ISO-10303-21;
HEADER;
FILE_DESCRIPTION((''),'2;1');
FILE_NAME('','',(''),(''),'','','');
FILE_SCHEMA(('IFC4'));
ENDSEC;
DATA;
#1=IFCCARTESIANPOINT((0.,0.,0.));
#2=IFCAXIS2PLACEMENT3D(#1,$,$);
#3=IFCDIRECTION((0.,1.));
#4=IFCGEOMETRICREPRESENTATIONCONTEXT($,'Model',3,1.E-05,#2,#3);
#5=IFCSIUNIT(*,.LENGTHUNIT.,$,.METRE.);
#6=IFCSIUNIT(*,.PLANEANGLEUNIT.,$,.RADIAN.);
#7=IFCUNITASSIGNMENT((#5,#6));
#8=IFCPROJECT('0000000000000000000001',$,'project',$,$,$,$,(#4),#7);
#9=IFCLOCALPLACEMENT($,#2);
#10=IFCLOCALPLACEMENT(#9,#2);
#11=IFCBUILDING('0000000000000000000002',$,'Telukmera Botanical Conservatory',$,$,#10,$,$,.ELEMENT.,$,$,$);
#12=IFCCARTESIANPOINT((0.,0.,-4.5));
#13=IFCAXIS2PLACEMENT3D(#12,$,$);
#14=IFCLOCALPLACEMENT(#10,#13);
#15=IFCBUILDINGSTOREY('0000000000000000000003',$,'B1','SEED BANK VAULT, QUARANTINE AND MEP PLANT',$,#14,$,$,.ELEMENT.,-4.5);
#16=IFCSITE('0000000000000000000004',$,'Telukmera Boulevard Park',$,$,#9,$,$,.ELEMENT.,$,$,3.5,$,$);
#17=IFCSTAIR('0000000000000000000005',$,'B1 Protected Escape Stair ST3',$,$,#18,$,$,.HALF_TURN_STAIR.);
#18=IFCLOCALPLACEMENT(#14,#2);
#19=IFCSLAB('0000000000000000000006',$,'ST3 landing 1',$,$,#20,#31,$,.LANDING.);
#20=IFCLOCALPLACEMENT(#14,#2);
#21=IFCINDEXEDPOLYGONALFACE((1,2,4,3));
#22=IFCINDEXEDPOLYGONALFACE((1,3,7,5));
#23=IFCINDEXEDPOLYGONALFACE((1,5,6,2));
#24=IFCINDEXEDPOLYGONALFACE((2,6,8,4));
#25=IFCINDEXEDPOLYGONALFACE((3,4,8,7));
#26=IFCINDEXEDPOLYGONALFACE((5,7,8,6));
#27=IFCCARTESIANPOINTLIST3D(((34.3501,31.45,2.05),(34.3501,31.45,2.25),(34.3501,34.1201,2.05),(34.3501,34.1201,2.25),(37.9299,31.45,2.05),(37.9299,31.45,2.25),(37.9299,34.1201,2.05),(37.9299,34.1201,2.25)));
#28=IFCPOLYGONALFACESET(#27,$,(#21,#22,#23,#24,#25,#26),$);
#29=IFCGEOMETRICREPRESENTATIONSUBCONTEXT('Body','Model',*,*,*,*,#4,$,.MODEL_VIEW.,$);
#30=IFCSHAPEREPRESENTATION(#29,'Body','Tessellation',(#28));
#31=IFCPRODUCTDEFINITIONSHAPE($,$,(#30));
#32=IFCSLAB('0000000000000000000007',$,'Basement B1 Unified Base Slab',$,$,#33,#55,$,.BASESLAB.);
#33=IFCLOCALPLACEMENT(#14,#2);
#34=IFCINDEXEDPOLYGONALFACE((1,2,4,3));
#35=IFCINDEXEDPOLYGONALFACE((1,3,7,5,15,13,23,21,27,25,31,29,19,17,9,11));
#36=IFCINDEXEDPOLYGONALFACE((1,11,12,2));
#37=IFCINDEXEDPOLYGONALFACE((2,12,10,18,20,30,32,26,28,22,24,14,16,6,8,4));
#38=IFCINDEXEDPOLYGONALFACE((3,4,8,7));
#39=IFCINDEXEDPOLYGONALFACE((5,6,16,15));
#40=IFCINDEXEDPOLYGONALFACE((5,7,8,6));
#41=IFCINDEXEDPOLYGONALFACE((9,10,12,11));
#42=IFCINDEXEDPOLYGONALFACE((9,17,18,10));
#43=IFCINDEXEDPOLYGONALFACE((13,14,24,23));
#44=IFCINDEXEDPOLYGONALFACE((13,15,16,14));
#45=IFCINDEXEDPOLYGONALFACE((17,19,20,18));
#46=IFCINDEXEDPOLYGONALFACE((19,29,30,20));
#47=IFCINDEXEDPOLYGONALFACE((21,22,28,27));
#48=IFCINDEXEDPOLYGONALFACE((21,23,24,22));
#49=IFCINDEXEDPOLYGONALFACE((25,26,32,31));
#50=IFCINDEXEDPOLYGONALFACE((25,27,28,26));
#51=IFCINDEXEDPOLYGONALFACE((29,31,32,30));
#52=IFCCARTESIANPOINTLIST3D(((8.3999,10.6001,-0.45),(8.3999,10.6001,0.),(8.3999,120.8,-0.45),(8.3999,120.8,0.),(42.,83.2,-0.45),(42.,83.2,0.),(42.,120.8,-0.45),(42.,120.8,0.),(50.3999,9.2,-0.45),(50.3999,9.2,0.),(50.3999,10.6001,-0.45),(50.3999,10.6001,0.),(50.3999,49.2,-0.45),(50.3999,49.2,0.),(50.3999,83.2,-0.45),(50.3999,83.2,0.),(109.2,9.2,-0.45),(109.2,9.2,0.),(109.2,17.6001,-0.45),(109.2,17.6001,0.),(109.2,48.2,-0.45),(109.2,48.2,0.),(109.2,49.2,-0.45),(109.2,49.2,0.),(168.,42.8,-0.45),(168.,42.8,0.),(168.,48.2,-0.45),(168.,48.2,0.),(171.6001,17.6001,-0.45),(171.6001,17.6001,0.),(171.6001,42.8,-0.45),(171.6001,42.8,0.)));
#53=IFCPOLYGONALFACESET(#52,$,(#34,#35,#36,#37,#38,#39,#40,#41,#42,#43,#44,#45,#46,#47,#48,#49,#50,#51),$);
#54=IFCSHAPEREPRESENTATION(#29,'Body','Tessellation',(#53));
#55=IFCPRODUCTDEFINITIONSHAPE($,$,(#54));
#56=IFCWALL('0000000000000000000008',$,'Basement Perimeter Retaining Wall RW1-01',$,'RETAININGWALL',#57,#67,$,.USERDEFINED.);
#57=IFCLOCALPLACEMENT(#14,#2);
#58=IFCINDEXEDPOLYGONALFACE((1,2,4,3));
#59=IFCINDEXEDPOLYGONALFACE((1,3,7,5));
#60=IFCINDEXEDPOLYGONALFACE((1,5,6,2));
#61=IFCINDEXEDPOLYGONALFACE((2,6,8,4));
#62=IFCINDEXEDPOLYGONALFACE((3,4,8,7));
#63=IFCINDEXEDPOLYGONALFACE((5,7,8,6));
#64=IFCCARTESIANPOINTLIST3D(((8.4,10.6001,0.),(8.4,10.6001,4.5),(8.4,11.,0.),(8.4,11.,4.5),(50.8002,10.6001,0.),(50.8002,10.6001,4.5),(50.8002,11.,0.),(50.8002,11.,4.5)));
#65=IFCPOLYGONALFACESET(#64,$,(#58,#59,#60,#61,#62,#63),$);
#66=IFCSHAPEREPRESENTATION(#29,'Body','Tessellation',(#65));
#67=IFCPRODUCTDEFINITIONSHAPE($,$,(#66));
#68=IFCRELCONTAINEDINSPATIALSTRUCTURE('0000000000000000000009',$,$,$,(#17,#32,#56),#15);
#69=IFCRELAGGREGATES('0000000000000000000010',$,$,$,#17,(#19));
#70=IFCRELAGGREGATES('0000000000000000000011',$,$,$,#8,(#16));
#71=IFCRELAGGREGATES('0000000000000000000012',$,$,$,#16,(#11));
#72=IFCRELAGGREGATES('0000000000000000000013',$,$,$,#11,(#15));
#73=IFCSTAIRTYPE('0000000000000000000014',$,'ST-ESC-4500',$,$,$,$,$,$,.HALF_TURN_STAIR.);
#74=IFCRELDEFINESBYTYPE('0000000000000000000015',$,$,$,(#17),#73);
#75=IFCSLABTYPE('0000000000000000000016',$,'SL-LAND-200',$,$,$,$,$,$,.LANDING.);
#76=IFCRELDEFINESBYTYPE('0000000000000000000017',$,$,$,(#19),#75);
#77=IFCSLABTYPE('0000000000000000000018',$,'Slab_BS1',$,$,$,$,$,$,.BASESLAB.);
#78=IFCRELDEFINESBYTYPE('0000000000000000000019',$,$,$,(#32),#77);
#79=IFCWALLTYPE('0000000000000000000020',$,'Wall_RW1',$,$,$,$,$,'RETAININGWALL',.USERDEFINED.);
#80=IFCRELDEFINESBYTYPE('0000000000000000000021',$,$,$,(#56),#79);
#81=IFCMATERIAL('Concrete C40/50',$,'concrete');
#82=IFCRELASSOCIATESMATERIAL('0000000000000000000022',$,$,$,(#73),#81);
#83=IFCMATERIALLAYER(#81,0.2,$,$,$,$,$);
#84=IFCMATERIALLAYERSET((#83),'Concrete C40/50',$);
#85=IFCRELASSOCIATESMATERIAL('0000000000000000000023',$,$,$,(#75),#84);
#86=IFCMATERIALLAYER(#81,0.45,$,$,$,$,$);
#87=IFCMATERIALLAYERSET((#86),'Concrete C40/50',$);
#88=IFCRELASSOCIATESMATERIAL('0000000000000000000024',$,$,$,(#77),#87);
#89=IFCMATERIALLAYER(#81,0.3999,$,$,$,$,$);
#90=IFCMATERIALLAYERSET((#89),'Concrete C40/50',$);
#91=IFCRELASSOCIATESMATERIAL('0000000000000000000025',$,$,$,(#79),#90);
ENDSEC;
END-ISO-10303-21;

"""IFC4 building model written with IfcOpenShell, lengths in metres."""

from ifc_helpers import new_model, si_unit, direction, frame, frame_2d, origin, place, context, subcontext, project, spatial, polyline, rectangle, outline, extrude, material, layer, layer_set, type_object, element, aggregate, save


model = new_model("IFC4")

# Units and contexts
model_context = context("Model", 3, precision=1e-05, world=origin(), true_north=direction((0.0, 1.0)))
body_context = subcontext(model_context, "Body", "Model", "MODEL_VIEW")
ifc_project = project(units=[si_unit("LENGTHUNIT", "METRE"), si_unit("PLANEANGLEUNIT", "RADIAN")], contexts=[model_context])

# Site, building, storey
site_placement = place(None, origin())
site = spatial("IfcSite", under=ifc_project, at=site_placement, Name="Telukmera Boulevard Park", CompositionType="ELEMENT", RefElevation=3.5)
building_placement = place(site_placement, origin())
building = spatial("IfcBuilding", under=site, at=building_placement, Name="Telukmera Botanical Conservatory", CompositionType="ELEMENT")
storey_placement = place(building_placement, frame((0.0, 0.0, -4.5)))
storey = spatial("IfcBuildingStorey", under=building, at=storey_placement, Name="B1", Description="SEED BANK VAULT, QUARANTINE AND MEP PLANT", CompositionType="ELEMENT", Elevation=-4.5)

# Shared definitions
ifc_material_1 = material(Name="Concrete C40/50", Category="concrete")

# Stair, slab
stair_type = type_object("IfcStairType", Name="ST-ESC-4500", PredefinedType="HALF_TURN_STAIR", material=ifc_material_1)
ifc_layer_1 = layer(ifc_material_1, 0.2)
ifc_layer_set_1 = layer_set([ifc_layer_1], Name="Concrete C40/50")
slab_type_1 = type_object("IfcSlabType", Name="SL-LAND-200", PredefinedType="LANDING", material=ifc_layer_set_1)
stair_1_placement = place(storey_placement, origin())
stair_1 = element("IfcStair", 1, at=stair_1_placement, inside=storey, type_object=stair_type, Name="B1 Protected Escape Stair ST3", PredefinedType="HALF_TURN_STAIR")
slab_1_placement = place(storey_placement, frame((0.0, 0.0, 2.05)))
slab_1 = element("IfcSlab", 2, at=slab_1_placement, type_object=slab_type_1, Name="ST3 landing 1", PredefinedType="LANDING", context=body_context, shape_type="SweptSolid", body=[
    extrude(outline(polyline([(34.3501, 31.45), (37.9299, 31.45), (37.9299, 34.1201), (34.3501, 34.1201), (34.3501, 31.45)])), origin(), (0.0, 0.0, 1.0), 0.2),
])
aggregate(stair_1, [slab_1])

# Slab
ifc_layer_2 = layer(ifc_material_1, 0.45)
ifc_layer_set_2 = layer_set([ifc_layer_2], Name="Concrete C40/50")
slab_type_2 = type_object("IfcSlabType", Name="Slab_BS1", PredefinedType="BASESLAB", material=ifc_layer_set_2)
slab_2_placement = place(storey_placement, frame((0.0, 0.0, -0.45)))
element("IfcSlab", 3, at=slab_2_placement, inside=storey, type_object=slab_type_2, Name="Basement B1 Unified Base Slab", PredefinedType="BASESLAB", context=body_context, shape_type="SweptSolid", body=[
    extrude(outline(polyline([(8.3999, 10.6001), (50.3999, 10.6001), (50.3999, 9.2), (109.2, 9.2), (109.2, 17.6001), (171.6001, 17.6001), (171.6001, 42.8), (168.0, 42.8), (168.0, 48.2), (109.2, 48.2), (109.2, 49.2), (50.3999, 49.2), (50.3999, 83.2), (42.0, 83.2), (42.0, 120.8), (8.3999, 120.8), (8.3999, 10.6001)])), origin(), (0.0, 0.0, 1.0), 0.45),
])

# Wall
ifc_layer_3 = layer(ifc_material_1, 0.3999)
ifc_layer_set_3 = layer_set([ifc_layer_3], Name="Concrete C40/50")
wall_type = type_object("IfcWallType", Name="Wall_RW1", ElementType="RETAININGWALL", PredefinedType="USERDEFINED", material=ifc_layer_set_3)
wall_placement = place(storey_placement, frame((8.3999, 10.8, 0.0), z_axis=(0.0, 0.0, 1.0), x_axis=(1.0, 0.0, 0.0)))
element("IfcWall", 4, at=wall_placement, inside=storey, type_object=wall_type, Name="Basement Perimeter Retaining Wall RW1-01", ObjectType="RETAININGWALL", PredefinedType="USERDEFINED", context=body_context, shape_type="SweptSolid", body=[
    extrude(rectangle(XDim=42.4001, YDim=0.3999, at=frame_2d((21.2002, 0.0))), origin(), (0.0, 0.0, 1.0), 4.5),
])

save(model, "model.ifc")
